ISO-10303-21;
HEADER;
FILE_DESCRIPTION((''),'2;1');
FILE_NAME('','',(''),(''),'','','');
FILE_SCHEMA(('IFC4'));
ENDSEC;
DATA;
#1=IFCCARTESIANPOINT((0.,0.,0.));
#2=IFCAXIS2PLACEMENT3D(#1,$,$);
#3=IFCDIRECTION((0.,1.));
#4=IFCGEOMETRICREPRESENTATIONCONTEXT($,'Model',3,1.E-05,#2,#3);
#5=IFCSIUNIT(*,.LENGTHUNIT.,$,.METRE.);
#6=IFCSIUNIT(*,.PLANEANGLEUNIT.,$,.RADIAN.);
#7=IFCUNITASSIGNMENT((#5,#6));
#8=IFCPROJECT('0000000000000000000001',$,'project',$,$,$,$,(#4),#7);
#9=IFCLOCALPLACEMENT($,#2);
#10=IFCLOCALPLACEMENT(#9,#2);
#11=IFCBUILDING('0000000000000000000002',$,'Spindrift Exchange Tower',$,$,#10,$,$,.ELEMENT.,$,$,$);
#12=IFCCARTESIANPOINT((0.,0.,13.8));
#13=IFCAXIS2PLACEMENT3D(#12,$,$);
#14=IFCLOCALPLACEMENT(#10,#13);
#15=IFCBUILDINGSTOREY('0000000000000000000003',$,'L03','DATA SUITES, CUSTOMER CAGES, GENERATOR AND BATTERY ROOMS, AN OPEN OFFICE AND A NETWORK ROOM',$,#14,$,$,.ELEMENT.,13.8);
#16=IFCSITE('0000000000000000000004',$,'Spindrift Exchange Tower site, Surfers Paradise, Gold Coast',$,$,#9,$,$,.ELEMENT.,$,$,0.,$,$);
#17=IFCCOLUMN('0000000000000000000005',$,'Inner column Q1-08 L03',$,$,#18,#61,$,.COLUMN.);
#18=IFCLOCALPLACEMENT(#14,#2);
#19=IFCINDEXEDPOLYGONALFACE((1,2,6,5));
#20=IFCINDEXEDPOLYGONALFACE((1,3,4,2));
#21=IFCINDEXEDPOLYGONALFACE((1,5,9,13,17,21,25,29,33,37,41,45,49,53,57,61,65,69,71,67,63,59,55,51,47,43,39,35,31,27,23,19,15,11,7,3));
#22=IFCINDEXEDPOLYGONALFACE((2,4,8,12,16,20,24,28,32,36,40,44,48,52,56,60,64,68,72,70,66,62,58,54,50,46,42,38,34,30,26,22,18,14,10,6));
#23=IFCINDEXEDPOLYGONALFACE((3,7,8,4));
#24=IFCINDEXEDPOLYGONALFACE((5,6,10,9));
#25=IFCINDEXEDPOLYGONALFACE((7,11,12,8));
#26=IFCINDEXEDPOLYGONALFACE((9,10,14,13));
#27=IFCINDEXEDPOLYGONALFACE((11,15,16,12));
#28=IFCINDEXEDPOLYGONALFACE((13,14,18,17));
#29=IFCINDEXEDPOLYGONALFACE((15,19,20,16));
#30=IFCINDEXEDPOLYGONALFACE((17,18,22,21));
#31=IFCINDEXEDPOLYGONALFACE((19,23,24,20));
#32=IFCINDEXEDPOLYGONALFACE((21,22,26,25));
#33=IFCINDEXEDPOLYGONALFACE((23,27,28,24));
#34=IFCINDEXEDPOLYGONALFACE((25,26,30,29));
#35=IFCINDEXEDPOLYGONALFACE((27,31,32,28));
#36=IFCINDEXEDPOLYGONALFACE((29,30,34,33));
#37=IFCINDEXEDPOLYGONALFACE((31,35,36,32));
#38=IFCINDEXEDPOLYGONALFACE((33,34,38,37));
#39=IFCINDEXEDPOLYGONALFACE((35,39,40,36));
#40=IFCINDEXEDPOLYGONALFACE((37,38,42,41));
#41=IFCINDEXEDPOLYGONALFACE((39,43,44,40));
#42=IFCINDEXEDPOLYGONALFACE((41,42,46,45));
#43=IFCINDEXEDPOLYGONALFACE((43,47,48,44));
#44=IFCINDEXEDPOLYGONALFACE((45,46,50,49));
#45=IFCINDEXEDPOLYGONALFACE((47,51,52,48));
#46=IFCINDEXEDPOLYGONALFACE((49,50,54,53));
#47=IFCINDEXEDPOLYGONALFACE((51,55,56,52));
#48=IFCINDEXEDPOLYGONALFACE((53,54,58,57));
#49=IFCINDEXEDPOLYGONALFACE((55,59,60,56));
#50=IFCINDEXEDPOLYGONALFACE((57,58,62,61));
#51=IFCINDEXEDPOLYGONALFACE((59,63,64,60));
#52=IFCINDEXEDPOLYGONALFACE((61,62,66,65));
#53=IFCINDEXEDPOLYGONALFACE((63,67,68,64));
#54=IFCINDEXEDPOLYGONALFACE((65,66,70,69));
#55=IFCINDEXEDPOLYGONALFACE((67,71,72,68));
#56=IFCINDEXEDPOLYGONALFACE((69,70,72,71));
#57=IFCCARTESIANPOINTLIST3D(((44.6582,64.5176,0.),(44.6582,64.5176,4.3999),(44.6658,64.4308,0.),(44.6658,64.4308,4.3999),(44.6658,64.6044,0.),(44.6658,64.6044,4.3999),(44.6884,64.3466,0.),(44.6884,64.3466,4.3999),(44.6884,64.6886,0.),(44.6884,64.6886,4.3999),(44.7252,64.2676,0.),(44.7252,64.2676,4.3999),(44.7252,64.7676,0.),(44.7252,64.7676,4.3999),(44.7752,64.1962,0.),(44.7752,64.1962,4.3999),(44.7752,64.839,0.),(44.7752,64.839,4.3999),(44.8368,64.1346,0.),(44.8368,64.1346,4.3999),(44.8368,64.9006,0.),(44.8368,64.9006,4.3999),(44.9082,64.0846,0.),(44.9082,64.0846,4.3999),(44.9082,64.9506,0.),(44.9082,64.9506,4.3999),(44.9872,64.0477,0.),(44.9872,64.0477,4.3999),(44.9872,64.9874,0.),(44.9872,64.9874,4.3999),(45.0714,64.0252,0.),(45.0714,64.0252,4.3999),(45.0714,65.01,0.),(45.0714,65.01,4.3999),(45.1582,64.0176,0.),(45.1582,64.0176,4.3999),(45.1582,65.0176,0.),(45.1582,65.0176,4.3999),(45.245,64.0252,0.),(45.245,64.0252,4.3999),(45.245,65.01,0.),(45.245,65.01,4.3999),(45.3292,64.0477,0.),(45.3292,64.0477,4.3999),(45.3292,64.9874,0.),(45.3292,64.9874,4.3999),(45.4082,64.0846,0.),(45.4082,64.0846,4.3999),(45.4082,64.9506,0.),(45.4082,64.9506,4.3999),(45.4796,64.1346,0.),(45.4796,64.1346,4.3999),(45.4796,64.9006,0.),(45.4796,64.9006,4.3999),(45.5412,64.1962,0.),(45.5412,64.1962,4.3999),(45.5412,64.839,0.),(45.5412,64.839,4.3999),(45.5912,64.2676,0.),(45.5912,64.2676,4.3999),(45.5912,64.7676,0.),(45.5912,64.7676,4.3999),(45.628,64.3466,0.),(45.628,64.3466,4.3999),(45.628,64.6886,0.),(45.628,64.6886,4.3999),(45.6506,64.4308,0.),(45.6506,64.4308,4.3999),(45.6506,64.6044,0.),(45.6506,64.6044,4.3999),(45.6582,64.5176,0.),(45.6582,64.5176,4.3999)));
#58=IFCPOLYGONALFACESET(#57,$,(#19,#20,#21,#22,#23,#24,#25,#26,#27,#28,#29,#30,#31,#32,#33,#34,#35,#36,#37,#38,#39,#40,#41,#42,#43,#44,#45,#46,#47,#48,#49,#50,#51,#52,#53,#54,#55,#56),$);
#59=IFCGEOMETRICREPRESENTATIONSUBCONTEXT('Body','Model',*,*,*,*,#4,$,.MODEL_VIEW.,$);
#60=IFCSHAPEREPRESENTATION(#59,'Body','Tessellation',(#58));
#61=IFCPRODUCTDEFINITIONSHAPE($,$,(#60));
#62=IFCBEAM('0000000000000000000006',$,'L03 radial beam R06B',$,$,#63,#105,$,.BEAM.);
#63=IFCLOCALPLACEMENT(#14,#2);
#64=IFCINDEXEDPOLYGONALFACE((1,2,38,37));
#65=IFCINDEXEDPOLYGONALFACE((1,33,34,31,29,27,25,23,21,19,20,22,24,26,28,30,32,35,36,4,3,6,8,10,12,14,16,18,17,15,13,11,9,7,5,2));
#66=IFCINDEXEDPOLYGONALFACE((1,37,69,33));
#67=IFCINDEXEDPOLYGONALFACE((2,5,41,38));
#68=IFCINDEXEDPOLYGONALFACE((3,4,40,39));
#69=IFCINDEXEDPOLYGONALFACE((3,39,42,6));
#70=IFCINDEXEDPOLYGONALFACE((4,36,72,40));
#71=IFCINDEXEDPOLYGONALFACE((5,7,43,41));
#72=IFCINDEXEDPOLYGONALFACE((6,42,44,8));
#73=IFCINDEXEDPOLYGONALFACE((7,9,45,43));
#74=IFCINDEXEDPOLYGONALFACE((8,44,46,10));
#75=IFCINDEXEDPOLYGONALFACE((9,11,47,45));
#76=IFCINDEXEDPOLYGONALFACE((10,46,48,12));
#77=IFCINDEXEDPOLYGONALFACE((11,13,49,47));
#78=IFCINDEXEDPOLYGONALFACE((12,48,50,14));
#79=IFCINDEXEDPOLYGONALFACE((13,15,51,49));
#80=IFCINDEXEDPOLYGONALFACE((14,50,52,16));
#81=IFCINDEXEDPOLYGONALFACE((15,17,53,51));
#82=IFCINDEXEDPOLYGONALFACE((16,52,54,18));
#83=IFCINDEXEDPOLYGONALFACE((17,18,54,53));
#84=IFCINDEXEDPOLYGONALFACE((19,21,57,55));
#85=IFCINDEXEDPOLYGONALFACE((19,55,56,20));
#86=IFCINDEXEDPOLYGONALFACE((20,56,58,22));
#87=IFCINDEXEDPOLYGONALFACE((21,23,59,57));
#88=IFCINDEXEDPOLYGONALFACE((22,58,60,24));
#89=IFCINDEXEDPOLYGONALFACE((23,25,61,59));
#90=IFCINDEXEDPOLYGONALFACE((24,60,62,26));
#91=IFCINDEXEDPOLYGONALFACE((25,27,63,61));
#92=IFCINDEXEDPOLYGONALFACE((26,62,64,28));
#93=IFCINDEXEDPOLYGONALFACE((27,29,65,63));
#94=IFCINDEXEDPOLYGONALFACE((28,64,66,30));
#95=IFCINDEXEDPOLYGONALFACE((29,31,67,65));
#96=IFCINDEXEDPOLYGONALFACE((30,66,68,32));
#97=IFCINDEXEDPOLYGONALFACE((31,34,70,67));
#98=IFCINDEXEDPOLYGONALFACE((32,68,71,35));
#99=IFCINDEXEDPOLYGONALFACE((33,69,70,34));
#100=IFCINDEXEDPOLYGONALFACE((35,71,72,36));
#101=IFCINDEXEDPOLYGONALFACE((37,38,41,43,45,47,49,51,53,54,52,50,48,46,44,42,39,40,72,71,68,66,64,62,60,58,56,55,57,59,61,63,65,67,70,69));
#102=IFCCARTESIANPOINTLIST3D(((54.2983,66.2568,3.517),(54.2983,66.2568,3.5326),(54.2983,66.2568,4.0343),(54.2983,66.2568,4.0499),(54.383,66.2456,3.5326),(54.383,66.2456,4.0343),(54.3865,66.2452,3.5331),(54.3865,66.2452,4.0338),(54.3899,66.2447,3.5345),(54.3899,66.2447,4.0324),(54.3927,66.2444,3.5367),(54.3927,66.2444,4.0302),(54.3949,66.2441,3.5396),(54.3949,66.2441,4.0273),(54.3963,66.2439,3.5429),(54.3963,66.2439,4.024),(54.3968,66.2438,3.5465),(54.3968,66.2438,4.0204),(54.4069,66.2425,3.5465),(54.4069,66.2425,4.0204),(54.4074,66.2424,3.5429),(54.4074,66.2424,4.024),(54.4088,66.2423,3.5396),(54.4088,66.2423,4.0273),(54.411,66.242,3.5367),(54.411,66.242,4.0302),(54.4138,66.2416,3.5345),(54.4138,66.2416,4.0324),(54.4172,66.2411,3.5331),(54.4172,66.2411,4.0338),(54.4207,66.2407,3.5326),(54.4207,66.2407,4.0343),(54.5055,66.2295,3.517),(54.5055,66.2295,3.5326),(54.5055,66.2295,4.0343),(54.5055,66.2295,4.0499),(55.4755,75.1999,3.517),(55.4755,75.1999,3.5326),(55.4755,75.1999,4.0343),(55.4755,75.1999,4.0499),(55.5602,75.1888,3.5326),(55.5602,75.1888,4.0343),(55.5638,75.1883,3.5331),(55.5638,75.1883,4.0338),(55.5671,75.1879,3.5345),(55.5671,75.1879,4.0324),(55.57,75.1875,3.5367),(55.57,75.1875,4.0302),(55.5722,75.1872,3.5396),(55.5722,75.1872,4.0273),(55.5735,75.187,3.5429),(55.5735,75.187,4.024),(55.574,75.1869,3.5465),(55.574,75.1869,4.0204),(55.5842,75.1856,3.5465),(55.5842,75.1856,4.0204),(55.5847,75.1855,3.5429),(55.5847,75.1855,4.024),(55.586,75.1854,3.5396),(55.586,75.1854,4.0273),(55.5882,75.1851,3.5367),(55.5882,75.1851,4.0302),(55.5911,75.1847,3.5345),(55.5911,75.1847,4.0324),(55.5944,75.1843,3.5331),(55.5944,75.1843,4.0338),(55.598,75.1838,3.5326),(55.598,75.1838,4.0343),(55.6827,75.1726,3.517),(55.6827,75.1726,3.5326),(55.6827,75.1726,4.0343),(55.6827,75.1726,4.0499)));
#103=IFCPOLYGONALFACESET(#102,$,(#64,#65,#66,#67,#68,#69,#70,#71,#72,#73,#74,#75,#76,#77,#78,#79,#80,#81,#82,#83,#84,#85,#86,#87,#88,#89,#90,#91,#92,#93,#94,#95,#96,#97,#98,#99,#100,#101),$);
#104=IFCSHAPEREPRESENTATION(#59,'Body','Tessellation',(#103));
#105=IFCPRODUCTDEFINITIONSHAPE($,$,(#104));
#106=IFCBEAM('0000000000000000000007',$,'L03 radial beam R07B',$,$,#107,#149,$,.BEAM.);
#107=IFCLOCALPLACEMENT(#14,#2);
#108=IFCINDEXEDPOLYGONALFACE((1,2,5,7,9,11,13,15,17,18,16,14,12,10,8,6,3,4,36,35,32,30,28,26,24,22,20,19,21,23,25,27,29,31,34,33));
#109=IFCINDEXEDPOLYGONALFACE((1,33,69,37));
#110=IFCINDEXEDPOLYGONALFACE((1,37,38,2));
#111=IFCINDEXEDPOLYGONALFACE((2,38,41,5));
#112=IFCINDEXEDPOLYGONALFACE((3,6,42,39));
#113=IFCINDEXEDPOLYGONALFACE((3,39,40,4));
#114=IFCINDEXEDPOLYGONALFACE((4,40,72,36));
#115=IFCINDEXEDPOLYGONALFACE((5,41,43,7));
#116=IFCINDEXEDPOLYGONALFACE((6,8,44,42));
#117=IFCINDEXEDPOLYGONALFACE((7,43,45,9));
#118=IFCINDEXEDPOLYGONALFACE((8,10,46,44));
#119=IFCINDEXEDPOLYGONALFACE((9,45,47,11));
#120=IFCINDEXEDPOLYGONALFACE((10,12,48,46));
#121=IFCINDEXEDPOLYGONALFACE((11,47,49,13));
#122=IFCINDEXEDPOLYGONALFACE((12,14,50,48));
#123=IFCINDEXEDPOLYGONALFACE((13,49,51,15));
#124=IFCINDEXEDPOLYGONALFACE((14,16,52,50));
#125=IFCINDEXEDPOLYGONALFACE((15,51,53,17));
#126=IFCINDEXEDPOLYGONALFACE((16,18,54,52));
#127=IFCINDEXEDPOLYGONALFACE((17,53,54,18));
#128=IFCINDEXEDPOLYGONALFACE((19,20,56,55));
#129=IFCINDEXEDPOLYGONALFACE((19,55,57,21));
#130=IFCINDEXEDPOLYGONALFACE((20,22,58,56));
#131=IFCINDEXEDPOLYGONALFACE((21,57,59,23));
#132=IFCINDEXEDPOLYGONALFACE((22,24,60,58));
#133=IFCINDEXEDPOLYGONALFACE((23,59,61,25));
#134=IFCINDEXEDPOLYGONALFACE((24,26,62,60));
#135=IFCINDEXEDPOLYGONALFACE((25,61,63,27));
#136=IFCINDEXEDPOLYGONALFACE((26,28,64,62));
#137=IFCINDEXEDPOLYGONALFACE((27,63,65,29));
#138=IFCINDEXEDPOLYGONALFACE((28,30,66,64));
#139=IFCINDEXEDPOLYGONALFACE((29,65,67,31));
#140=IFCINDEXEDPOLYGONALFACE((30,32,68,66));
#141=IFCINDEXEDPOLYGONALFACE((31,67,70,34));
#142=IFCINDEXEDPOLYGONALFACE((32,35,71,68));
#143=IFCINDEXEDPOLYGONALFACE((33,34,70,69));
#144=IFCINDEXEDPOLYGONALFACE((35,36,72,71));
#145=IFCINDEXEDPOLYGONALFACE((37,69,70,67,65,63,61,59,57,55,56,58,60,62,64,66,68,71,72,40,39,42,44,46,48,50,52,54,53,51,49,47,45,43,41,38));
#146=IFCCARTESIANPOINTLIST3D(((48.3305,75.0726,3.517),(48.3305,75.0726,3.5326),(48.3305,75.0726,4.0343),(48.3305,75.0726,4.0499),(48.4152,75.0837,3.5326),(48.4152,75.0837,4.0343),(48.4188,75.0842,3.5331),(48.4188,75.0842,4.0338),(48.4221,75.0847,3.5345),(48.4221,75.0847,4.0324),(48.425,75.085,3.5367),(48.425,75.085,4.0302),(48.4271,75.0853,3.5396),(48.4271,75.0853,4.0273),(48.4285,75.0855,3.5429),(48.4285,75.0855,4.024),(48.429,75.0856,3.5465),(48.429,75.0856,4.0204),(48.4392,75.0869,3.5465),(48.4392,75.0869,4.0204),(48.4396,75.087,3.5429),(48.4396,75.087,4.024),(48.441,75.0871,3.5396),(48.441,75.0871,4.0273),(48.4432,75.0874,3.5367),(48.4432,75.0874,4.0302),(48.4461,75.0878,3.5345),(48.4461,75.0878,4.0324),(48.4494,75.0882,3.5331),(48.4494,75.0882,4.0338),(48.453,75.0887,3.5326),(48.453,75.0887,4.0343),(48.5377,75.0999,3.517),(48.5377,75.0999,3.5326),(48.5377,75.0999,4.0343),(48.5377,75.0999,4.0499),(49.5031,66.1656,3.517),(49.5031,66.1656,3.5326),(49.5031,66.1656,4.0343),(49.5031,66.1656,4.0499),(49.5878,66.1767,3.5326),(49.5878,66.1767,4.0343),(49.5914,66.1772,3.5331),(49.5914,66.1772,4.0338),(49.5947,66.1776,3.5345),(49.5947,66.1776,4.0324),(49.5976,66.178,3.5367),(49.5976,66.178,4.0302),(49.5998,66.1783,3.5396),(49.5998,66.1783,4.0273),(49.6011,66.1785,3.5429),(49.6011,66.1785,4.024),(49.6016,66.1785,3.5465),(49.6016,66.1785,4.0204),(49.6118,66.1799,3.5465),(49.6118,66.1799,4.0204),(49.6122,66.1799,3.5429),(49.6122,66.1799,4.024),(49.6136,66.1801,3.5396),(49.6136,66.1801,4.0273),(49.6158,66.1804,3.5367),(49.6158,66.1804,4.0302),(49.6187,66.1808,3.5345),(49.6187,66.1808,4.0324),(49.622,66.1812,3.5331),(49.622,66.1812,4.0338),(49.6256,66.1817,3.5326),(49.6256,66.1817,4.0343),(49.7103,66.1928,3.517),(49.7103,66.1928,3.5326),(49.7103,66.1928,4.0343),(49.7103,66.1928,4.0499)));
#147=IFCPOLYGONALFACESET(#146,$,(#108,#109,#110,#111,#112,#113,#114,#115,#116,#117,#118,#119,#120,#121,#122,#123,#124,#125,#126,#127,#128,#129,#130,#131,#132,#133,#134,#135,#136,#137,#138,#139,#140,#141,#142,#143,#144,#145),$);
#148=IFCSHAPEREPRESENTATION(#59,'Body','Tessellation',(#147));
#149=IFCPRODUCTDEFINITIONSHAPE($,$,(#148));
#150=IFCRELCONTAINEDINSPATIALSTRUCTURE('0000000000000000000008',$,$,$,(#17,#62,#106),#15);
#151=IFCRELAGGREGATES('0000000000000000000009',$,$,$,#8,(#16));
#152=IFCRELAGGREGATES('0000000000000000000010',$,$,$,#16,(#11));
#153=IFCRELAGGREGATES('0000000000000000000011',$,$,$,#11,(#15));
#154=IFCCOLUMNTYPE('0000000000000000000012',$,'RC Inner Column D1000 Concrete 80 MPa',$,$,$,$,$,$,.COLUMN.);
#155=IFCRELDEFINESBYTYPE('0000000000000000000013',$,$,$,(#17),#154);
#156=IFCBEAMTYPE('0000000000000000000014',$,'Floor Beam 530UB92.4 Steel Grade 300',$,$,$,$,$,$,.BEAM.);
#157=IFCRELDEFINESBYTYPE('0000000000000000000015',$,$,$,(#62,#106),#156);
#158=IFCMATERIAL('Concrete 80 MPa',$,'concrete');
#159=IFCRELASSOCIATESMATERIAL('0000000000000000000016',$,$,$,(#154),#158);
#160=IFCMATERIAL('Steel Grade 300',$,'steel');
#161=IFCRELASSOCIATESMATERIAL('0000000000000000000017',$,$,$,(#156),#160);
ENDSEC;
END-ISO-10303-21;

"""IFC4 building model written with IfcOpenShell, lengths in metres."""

from ifc_helpers import new_model, si_unit, direction, frame, origin, origin_2d, place, context, subcontext, project, spatial, circle, i_section, extrude, source, transform, mapped, material, material_profile, profile_set, type_object, element, save


model = new_model("IFC4")

# Units and contexts
model_context = context("Model", 3, precision=1e-05, world=origin(), true_north=direction((0.0, 1.0)))
body_context = subcontext(model_context, "Body", "Model", "MODEL_VIEW")
ifc_project = project(units=[si_unit("LENGTHUNIT", "METRE"), si_unit("PLANEANGLEUNIT", "RADIAN")], contexts=[model_context])

# Site, building, storey
site_placement = place(None, origin())
site = spatial("IfcSite", under=ifc_project, at=site_placement, Name="Spindrift Exchange Tower site, Surfers Paradise, Gold Coast", CompositionType="ELEMENT", RefElevation=0.0)
building_placement = place(site_placement, origin())
building = spatial("IfcBuilding", under=site, at=building_placement, Name="Spindrift Exchange Tower", CompositionType="ELEMENT")
storey_placement = place(building_placement, frame((0.0, 0.0, 13.8)))
storey = spatial("IfcBuildingStorey", under=building, at=storey_placement, Name="L03", Description="DATA SUITES, CUSTOMER CAGES, GENERATOR AND BATTERY ROOMS, AN OPEN OFFICE AND A NETWORK ROOM", CompositionType="ELEMENT", Elevation=13.8)

# Column
ifc_material_1 = material(Name="Concrete 80 MPa", Category="concrete")
ifc_material_profile_1 = material_profile(ifc_material_1, circle(Radius=0.5, at=origin_2d()), Name="RC D1000")
ifc_profile_set_1 = profile_set([ifc_material_profile_1], Name="Concrete 80 MPa")
column_type_1 = type_object("IfcColumnType", Name="RC Inner Column D1000 Concrete 80 MPa", PredefinedType="COLUMN", material=ifc_profile_set_1)
shared_shape_1 = source(origin(), body_context, "Body", "SweptSolid", [
    extrude(circle(Radius=0.5, at=origin_2d()), origin(), (0.0, 0.0, 1.0), 4.3999),
])
for number, where, z_axis, x_axis, name in (
    (1, (45.1582, 64.5176, 0.0), (0.0, 0.0, 1.0), (1.0, 0.0, 0.0), "Inner column Q1-08 L03"),
):
    element("IfcColumn", number, at=place(storey_placement, frame(where, z_axis=z_axis, x_axis=x_axis)), inside=storey, type_object=column_type_1, Name=name, PredefinedType="COLUMN", context=body_context, shape_type="MappedRepresentation", body=[
        mapped(shared_shape_1, transform((0.0, 0.0, 0.0), scale=1.0)),
    ])

# Beams
ifc_material_2 = material(Name="Steel Grade 300", Category="steel")
ifc_material_profile_2 = material_profile(ifc_material_2, i_section(OverallWidth=0.209, OverallDepth=0.533, WebThickness=0.0103, FlangeThickness=0.0156, FilletRadius=0.0139, at=origin_2d()), Name="530UB92.4")
ifc_profile_set_2 = profile_set([ifc_material_profile_2], Name="Steel Grade 300")
beam_type_1 = type_object("IfcBeamType", Name="Floor Beam 530UB92.4 Steel Grade 300", PredefinedType="BEAM", material=ifc_profile_set_2)
shared_shape_2 = source(origin(), body_context, "Body", "SweptSolid", [
    extrude(i_section(OverallWidth=0.209, OverallDepth=0.533, WebThickness=0.0103, FlangeThickness=0.0156, FilletRadius=0.0139, at=origin_2d()), origin(), (0.0, 0.0, 1.0), 9.0203),
])
beam_1_placement = place(storey_placement, frame((54.4019, 66.2432, 3.7834), z_axis=(0.130511, 0.991447, 0.0), x_axis=(-0.991447, 0.130511, 0.0)))
element("IfcBeam", 2, at=beam_1_placement, inside=storey, type_object=beam_type_1, Name="L03 radial beam R06B", PredefinedType="BEAM", context=body_context, shape_type="MappedRepresentation", body=[
    mapped(shared_shape_2, transform((0.0, 0.0, 0.0), scale=1.0)),
])
shared_shape_3 = source(origin(), body_context, "Body", "SweptSolid", [
    extrude(i_section(OverallWidth=0.209, OverallDepth=0.533, WebThickness=0.0103, FlangeThickness=0.0156, FilletRadius=0.0139, at=origin_2d()), origin(), (0.0, 0.0, 1.0), 8.9839),
])
beam_2_placement = place(storey_placement, frame((49.6067, 66.1792, 3.7834), z_axis=(-0.130524, 0.991445, 0.0), x_axis=(-0.991445, -0.130524, 0.0)))
element("IfcBeam", 3, at=beam_2_placement, inside=storey, type_object=beam_type_1, Name="L03 radial beam R07B", PredefinedType="BEAM", context=body_context, shape_type="MappedRepresentation", body=[
    mapped(shared_shape_3, transform((0.0, 0.0, 0.0), scale=1.0)),
])

save(model, "model.ifc")
